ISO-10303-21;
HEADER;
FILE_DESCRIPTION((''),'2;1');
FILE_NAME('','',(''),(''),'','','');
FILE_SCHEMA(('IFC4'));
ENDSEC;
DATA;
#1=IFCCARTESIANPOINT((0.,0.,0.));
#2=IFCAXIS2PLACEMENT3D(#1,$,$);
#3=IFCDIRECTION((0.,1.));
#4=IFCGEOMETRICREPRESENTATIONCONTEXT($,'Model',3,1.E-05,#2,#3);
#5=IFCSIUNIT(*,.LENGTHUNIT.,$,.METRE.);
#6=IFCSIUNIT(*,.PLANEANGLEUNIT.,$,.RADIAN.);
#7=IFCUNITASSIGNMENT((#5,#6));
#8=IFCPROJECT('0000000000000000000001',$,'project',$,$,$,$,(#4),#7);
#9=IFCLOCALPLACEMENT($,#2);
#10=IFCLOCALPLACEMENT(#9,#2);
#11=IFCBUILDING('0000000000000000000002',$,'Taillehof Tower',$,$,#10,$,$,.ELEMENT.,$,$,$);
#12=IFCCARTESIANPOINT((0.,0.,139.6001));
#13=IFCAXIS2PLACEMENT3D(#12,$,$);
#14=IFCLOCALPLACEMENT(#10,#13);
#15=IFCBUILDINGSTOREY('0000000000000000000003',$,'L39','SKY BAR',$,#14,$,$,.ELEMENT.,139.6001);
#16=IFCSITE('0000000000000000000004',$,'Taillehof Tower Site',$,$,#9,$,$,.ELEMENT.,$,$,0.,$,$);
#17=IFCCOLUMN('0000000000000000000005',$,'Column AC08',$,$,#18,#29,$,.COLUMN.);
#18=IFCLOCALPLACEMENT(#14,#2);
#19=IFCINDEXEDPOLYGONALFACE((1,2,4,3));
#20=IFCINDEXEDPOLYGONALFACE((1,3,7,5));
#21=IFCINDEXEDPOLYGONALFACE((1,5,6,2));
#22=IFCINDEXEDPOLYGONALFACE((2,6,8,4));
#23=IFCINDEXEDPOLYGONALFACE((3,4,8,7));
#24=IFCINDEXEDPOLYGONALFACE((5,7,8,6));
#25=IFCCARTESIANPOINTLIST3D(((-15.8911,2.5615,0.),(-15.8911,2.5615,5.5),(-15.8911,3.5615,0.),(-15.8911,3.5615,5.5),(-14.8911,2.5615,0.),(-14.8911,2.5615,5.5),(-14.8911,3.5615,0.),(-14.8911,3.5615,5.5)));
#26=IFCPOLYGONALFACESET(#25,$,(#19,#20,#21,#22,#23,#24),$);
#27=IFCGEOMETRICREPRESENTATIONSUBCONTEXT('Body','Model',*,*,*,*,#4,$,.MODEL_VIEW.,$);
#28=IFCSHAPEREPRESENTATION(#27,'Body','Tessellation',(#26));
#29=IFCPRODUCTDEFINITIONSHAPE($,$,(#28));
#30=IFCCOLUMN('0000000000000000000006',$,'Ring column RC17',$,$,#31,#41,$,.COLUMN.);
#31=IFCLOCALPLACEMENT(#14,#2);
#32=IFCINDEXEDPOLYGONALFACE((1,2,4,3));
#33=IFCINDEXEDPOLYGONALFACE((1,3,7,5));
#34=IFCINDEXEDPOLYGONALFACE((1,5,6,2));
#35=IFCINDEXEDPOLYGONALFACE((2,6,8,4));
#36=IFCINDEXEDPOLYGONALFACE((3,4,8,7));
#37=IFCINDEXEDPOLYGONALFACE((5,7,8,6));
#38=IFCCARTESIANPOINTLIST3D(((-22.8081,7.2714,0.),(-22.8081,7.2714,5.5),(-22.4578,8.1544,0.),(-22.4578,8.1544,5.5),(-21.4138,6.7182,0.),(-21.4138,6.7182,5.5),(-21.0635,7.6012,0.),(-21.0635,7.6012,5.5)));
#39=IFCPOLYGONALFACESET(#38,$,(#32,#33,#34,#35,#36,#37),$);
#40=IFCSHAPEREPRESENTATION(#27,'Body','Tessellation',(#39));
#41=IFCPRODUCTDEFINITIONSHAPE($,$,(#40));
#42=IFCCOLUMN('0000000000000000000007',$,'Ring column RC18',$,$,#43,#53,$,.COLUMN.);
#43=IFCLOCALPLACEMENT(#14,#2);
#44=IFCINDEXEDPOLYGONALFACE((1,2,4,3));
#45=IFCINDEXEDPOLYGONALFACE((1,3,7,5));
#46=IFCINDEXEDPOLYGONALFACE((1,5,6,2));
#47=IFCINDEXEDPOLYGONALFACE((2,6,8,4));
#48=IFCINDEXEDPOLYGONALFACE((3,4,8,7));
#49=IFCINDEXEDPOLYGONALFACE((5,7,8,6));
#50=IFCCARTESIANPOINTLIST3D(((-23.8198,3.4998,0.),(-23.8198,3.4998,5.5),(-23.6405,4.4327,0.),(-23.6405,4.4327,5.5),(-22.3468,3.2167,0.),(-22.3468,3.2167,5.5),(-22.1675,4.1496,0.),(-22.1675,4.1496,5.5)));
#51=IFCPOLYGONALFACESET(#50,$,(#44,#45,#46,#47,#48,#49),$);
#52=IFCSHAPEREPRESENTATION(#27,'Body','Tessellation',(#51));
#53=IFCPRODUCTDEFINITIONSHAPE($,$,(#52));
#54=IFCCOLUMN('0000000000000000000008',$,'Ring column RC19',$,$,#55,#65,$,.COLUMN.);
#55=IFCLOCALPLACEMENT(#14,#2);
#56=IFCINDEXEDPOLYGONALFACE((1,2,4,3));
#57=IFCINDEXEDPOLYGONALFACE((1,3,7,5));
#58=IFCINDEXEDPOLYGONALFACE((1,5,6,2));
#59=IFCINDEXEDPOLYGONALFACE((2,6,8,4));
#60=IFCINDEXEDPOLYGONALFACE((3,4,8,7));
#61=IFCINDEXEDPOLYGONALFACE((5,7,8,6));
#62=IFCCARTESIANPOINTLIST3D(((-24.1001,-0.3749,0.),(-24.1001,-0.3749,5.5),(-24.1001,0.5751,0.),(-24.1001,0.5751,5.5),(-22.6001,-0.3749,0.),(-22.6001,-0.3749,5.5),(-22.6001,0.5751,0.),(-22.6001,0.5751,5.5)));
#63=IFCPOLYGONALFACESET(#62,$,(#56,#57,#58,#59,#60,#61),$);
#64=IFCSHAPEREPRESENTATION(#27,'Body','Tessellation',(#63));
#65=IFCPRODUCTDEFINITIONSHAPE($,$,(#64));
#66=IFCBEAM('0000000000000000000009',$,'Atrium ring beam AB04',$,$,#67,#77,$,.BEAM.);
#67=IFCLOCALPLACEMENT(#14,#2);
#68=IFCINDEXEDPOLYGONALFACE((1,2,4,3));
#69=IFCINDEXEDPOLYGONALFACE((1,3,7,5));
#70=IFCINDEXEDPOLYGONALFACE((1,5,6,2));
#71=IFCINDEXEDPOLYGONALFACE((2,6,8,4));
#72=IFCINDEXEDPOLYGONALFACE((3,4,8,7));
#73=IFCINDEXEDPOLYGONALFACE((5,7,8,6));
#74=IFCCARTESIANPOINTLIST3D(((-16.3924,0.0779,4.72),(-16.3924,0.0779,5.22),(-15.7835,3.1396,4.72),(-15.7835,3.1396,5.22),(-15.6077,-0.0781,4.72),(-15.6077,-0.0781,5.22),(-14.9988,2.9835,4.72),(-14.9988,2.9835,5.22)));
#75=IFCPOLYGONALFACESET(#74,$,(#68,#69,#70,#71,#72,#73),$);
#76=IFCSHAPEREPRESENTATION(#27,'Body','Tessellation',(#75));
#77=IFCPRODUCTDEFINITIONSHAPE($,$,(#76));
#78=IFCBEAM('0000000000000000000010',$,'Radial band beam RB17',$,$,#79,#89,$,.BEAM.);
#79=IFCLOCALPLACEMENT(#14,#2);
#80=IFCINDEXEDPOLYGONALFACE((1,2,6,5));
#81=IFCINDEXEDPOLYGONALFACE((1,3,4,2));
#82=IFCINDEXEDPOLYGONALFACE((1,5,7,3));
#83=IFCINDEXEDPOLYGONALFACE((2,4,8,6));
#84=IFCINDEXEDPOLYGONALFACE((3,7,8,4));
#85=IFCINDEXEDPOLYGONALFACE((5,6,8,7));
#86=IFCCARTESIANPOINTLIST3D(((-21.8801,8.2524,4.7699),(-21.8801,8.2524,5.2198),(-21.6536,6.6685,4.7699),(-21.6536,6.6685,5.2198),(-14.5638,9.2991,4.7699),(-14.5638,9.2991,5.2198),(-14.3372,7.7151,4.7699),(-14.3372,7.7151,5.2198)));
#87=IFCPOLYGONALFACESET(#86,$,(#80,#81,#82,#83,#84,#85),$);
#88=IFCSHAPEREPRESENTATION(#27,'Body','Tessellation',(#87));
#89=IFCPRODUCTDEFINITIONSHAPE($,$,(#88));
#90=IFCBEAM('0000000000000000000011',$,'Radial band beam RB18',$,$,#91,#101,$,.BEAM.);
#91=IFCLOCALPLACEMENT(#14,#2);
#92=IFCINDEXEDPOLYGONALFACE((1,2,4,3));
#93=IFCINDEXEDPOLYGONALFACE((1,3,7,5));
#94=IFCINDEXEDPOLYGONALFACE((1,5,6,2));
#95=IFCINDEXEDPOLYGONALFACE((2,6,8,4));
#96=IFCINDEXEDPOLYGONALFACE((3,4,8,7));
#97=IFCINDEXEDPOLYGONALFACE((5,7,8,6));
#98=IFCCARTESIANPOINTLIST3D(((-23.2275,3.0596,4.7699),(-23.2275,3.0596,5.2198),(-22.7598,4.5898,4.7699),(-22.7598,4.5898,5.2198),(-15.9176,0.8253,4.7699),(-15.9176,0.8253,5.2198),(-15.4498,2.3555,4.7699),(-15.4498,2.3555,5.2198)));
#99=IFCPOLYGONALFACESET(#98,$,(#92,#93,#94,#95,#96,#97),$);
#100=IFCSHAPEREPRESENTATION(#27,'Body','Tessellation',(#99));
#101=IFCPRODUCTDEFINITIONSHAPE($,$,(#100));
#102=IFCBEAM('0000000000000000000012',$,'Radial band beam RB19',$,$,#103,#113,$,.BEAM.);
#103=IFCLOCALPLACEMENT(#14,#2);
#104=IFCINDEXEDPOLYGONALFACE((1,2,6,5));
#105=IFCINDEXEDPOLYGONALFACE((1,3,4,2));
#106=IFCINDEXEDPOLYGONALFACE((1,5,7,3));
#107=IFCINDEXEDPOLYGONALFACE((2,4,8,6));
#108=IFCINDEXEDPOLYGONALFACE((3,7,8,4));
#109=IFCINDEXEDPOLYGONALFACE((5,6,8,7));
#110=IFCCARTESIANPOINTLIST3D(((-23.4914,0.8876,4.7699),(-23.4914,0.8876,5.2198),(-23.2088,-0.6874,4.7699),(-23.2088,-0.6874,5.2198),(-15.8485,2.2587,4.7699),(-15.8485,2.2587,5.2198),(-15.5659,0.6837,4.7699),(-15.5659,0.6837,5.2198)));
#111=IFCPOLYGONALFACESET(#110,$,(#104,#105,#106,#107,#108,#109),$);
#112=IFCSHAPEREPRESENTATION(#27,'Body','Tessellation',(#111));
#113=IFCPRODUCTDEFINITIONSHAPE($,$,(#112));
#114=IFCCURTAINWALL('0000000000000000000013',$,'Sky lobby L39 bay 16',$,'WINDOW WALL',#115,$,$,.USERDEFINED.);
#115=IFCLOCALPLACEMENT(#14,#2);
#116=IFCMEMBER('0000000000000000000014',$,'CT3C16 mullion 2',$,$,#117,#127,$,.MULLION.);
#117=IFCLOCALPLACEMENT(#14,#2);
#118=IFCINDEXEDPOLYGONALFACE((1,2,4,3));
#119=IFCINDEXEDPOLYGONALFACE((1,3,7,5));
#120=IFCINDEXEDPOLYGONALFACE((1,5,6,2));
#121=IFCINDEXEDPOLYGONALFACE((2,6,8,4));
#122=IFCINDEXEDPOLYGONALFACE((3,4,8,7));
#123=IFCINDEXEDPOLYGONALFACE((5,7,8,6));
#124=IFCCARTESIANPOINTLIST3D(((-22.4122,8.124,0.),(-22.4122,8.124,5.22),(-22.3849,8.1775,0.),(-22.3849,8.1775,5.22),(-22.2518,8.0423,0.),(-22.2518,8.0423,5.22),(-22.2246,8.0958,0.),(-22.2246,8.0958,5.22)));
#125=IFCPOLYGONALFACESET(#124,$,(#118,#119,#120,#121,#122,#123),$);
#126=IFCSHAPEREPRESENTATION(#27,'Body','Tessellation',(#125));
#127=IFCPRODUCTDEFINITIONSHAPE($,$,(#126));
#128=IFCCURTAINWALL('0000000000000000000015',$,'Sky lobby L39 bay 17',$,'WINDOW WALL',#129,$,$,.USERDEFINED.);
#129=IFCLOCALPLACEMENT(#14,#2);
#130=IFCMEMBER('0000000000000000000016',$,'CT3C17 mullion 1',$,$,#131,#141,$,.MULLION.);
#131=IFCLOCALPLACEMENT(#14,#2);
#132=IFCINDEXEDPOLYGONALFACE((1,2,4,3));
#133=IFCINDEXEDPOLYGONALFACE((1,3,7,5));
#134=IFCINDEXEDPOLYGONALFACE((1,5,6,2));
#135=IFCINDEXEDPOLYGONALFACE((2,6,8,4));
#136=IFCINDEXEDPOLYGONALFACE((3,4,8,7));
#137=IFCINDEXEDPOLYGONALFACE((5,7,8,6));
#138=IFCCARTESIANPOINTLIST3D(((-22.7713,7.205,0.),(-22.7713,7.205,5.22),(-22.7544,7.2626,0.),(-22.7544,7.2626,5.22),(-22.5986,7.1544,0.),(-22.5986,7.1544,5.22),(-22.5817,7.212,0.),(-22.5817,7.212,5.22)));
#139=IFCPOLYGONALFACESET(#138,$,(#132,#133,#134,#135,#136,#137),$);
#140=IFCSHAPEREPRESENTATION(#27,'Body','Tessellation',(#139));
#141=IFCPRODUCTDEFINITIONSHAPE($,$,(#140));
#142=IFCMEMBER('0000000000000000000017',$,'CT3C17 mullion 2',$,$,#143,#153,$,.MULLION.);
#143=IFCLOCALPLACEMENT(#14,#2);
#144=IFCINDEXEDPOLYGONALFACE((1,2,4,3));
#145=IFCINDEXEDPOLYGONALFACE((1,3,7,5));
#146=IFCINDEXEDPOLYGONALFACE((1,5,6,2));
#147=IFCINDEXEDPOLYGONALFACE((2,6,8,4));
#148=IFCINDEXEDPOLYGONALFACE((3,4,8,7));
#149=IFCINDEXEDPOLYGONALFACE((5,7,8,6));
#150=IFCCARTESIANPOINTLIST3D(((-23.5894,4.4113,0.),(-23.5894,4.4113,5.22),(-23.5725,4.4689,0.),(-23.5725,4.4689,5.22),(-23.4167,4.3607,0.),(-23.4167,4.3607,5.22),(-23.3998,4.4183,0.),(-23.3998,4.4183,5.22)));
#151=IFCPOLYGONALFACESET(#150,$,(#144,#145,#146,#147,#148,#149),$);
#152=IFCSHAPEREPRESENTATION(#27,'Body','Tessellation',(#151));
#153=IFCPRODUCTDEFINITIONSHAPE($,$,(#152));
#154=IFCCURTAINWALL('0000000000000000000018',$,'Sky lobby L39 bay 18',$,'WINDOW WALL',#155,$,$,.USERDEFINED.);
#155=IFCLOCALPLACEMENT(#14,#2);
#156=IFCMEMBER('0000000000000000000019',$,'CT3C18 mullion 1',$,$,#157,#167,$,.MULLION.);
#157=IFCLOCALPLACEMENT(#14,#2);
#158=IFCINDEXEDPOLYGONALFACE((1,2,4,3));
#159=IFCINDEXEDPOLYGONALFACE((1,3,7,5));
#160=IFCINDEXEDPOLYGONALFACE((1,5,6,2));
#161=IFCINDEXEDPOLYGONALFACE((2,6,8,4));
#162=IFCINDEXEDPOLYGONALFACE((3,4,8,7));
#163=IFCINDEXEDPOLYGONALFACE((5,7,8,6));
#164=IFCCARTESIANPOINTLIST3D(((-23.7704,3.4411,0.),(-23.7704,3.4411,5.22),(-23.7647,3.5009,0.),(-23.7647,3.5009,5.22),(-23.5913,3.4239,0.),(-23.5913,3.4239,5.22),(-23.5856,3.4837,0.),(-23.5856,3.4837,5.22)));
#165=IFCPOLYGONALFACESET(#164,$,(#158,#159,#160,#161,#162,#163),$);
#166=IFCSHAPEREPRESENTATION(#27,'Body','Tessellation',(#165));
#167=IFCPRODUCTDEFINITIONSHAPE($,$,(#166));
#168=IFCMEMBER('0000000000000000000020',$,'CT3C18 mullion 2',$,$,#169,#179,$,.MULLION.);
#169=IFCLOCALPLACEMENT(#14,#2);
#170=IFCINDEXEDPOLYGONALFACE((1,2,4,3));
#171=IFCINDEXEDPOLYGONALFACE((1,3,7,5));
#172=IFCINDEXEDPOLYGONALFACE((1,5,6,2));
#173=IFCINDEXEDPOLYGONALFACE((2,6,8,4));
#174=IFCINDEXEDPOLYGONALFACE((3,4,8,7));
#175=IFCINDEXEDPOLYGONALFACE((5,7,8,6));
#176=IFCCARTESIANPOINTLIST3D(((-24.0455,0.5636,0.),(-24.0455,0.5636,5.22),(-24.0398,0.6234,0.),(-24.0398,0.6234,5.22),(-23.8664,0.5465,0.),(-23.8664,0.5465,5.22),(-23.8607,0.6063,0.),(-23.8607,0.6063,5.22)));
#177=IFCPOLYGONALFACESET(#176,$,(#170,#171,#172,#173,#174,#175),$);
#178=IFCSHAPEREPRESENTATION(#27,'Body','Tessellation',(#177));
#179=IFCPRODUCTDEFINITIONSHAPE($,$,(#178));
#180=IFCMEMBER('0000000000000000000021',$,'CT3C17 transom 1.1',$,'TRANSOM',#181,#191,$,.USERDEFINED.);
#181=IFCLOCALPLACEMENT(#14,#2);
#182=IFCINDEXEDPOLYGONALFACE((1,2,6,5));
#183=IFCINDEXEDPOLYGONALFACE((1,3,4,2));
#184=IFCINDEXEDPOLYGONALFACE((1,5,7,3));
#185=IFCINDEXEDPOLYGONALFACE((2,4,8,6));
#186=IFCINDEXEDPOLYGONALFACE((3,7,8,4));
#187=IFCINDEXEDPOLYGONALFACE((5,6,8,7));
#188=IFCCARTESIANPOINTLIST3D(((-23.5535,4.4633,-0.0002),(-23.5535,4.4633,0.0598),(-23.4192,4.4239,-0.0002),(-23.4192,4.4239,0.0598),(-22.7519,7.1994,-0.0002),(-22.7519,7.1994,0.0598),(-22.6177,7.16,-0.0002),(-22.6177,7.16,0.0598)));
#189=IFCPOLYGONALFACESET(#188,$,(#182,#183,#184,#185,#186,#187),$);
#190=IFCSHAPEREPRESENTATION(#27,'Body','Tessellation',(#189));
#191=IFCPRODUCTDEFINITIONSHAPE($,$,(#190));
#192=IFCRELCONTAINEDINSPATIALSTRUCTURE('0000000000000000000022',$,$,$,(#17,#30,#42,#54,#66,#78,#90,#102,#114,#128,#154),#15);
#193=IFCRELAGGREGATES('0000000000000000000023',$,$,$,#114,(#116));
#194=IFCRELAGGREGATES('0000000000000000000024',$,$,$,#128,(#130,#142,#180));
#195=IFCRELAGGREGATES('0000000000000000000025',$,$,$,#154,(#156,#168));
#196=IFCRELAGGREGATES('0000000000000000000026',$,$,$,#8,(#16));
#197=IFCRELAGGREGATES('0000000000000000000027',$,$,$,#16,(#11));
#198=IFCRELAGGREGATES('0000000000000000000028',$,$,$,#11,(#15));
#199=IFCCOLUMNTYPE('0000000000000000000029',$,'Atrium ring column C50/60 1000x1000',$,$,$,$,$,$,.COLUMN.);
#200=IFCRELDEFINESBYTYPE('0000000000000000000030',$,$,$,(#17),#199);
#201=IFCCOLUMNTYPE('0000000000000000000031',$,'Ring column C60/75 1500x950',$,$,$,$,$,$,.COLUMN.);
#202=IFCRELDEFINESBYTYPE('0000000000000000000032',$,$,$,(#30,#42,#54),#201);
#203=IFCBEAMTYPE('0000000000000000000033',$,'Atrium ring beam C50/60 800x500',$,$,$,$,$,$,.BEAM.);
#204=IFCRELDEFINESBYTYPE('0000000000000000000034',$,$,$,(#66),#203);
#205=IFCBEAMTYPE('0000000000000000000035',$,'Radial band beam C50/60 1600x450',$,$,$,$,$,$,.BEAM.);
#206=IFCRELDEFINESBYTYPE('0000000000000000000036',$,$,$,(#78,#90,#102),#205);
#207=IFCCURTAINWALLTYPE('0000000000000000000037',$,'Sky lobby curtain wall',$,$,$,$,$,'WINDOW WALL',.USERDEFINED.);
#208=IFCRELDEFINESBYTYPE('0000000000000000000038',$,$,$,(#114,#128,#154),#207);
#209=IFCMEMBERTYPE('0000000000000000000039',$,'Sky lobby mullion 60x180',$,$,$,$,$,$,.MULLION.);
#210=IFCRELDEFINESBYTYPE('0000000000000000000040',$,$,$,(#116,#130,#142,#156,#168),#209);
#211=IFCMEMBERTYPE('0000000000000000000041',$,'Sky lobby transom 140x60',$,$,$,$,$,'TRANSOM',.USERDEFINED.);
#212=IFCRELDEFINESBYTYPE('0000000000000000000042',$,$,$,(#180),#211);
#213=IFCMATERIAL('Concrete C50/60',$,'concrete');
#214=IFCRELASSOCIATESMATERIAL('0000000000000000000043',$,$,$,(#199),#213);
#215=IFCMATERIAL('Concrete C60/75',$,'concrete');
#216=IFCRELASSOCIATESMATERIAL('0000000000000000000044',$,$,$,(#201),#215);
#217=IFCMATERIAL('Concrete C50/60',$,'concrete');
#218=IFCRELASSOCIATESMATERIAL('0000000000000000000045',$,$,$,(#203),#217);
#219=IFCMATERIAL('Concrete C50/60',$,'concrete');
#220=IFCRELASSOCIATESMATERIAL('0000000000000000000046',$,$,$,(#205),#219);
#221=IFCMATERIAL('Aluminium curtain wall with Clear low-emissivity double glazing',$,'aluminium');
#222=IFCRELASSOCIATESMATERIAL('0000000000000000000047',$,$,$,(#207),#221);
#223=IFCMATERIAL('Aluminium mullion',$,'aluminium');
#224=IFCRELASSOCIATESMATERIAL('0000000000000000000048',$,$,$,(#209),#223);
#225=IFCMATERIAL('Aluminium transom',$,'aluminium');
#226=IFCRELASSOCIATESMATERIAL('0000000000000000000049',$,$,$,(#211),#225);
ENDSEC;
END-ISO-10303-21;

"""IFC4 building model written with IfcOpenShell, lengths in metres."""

from ifc_helpers import new_model, si_unit, direction, frame, origin, origin_2d, place, context, subcontext, project, spatial, rectangle, extrude, material, material_profile, profile_set, type_object, element, aggregate, save


model = new_model("IFC4")

# Units and contexts
model_context = context("Model", 3, precision=1e-05, world=origin(), true_north=direction((0.0, 1.0)))
body_context = subcontext(model_context, "Body", "Model", "MODEL_VIEW")
ifc_project = project(units=[si_unit("LENGTHUNIT", "METRE"), si_unit("PLANEANGLEUNIT", "RADIAN")], contexts=[model_context])

# Site, building, storey
site_placement = place(None, origin())
site = spatial("IfcSite", under=ifc_project, at=site_placement, Name="Taillehof Tower Site", CompositionType="ELEMENT", RefElevation=0.0)
building_placement = place(site_placement, origin())
building = spatial("IfcBuilding", under=site, at=building_placement, Name="Taillehof Tower", CompositionType="ELEMENT")
storey_placement = place(building_placement, frame((0.0, 0.0, 139.6001)))
storey = spatial("IfcBuildingStorey", under=building, at=storey_placement, Name="L39", Description="SKY BAR", CompositionType="ELEMENT", Elevation=139.6001)

# Columns
ifc_material_1 = material(Name="Concrete C50/60", Category="concrete")
ifc_material_profile_1 = material_profile(ifc_material_1, rectangle(XDim=1.0, YDim=1.0, at=origin_2d()), Name="RC 1000x1000")
ifc_profile_set_1 = profile_set([ifc_material_profile_1], Name="Concrete C50/60")
column_type_1 = type_object("IfcColumnType", Name="Atrium ring column C50/60 1000x1000", PredefinedType="COLUMN", material=ifc_profile_set_1)
column_placement = place(storey_placement, frame((-15.3911, 3.0615, 0.0), z_axis=(0.0, 0.0, 1.0), x_axis=(1.0, 0.0, 0.0)))
element("IfcColumn", 1, at=column_placement, inside=storey, type_object=column_type_1, Name="Column AC08", PredefinedType="COLUMN", context=body_context, shape_type="SweptSolid", body=[
    extrude(rectangle(XDim=1.0, YDim=1.0, at=origin_2d()), origin(), (0.0, 0.0, 1.0), 5.5),
])
ifc_material_2 = material(Name="Concrete C60/75", Category="concrete")
ifc_material_profile_2 = material_profile(ifc_material_2, rectangle(XDim=1.5, YDim=0.95, at=origin_2d()), Name="RC 1500x950")
ifc_profile_set_2 = profile_set([ifc_material_profile_2], Name="Concrete C60/75")
column_type_2 = type_object("IfcColumnType", Name="Ring column C60/75 1500x950", PredefinedType="COLUMN", material=ifc_profile_set_2)
for number, where, z_axis, x_axis, name in (
    (2, (-21.9358, 7.4363, 0.0), (0.0, 0.0, 1.0), (-0.929511, 0.368793, 0.0), "Ring column RC17"),
    (3, (-22.9937, 3.8247, 0.0), (0.0, 0.0, 1.0), (-0.982024, 0.188757, 0.0), "Ring column RC18"),
    (4, (-23.3501, 0.1001, 0.0), (0.0, 0.0, 1.0), (-1.0, 0.0, 0.0), "Ring column RC19"),
):
    element("IfcColumn", number, at=place(storey_placement, frame(where, z_axis=z_axis, x_axis=x_axis)), inside=storey, type_object=column_type_2, Name=name, PredefinedType="COLUMN", context=body_context, shape_type="SweptSolid", body=[
        extrude(rectangle(XDim=1.5, YDim=0.95, at=origin_2d()), origin(), (0.0, 0.0, 1.0), 5.5),
    ])

# Beams
ifc_material_3 = material(Name="Concrete C50/60", Category="concrete")
ifc_material_profile_3 = material_profile(ifc_material_3, rectangle(XDim=0.8, YDim=0.5, at=origin_2d()), Name="RC 800x500")
ifc_profile_set_3 = profile_set([ifc_material_profile_3], Name="Concrete C50/60")
beam_type_1 = type_object("IfcBeamType", Name="Atrium ring beam C50/60 800x500", PredefinedType="BEAM", material=ifc_profile_set_3)
beam_1_placement = place(storey_placement, frame((-15.3911, 3.0615, 4.97), z_axis=(-0.195063, -0.980791, 0.0), x_axis=(0.980791, -0.195063, 0.0)))
element("IfcBeam", 5, at=beam_1_placement, inside=storey, type_object=beam_type_1, Name="Atrium ring beam AB04", PredefinedType="BEAM", context=body_context, shape_type="SweptSolid", body=[
    extrude(rectangle(XDim=0.8, YDim=0.5, at=origin_2d()), origin(), (0.0, 0.0, 1.0), 3.1216),
])
ifc_material_4 = material(Name="Concrete C50/60", Category="concrete")
ifc_material_profile_4 = material_profile(ifc_material_4, rectangle(XDim=1.6001, YDim=0.45, at=origin_2d()), Name="RC 1600x450")
ifc_profile_set_4 = profile_set([ifc_material_profile_4], Name="Concrete C50/60")
beam_type_2 = type_object("IfcBeamType", Name="Radial band beam C50/60 1600x450", PredefinedType="BEAM", material=ifc_profile_set_4)
beam_2_placement = place(storey_placement, frame((-21.7668, 7.4604, 4.9949), z_axis=(0.989922, 0.141611, 0.0), x_axis=(-0.141611, 0.989922, 0.0)))
element("IfcBeam", 6, at=beam_2_placement, inside=storey, type_object=beam_type_2, Name="Radial band beam RB17", PredefinedType="BEAM", context=body_context, shape_type="SweptSolid", body=[
    extrude(rectangle(XDim=1.6001, YDim=0.45, at=origin_2d()), origin(), (0.0, 0.0, 1.0), 7.3909),
])
beam_3_placement = place(storey_placement, frame((-22.9937, 3.8247, 4.9949), z_axis=(0.956324, -0.292308, 0.0), x_axis=(0.292308, 0.956324, 0.0)))
element("IfcBeam", 7, at=beam_3_placement, inside=storey, type_object=beam_type_2, Name="Radial band beam RB18", PredefinedType="BEAM", context=body_context, shape_type="SweptSolid", body=[
    extrude(rectangle(XDim=1.6001, YDim=0.45, at=origin_2d()), origin(), (0.0, 0.0, 1.0), 7.6438),
])
beam_4_placement = place(storey_placement, frame((-23.3501, 0.1001, 4.9949), z_axis=(0.984287, 0.176577, 0.0), x_axis=(-0.176577, 0.984287, 0.0)))
element("IfcBeam", 8, at=beam_4_placement, inside=storey, type_object=beam_type_2, Name="Radial band beam RB19", PredefinedType="BEAM", context=body_context, shape_type="SweptSolid", body=[
    extrude(rectangle(XDim=1.6001, YDim=0.45, at=origin_2d()), origin(), (0.0, 0.0, 1.0), 7.7649),
])

# Curtain wall, member
ifc_material_5 = material(Name="Aluminium curtain wall with Clear low-emissivity double glazing", Category="aluminium")
curtain_wall_type = type_object("IfcCurtainWallType", Name="Sky lobby curtain wall", ElementType="WINDOW WALL", PredefinedType="USERDEFINED", material=ifc_material_5)
curtain_wall_1_placement = place(storey_placement, origin())
curtain_wall_1 = element("IfcCurtainWall", 9, at=curtain_wall_1_placement, inside=storey, type_object=curtain_wall_type, Name="Sky lobby L39 bay 16", ObjectType="WINDOW WALL", PredefinedType="USERDEFINED")
ifc_material_6 = material(Name="Aluminium mullion", Category="aluminium")
ifc_material_profile_5 = material_profile(ifc_material_6, rectangle(XDim=0.1799, YDim=0.0601, at=origin_2d()), Name="AL 60x180")
ifc_profile_set_5 = profile_set([ifc_material_profile_5], Name="Aluminium mullion")
member_type_1 = type_object("IfcMemberType", Name="Sky lobby mullion 60x180", PredefinedType="MULLION", material=ifc_profile_set_5)
member_1_placement = place(storey_placement, frame((-22.3184, 8.1099, 0.0), z_axis=(0.0, 0.0, 1.0), x_axis=(0.89094, -0.454121, 0.0)))
member_1 = element("IfcMember", 10, at=member_1_placement, type_object=member_type_1, Name="CT3C16 mullion 2", PredefinedType="MULLION", context=body_context, shape_type="SweptSolid", body=[
    extrude(rectangle(XDim=0.1799, YDim=0.0601, at=origin_2d()), origin(), (0.0, 0.0, 1.0), 5.22),
])

# Curtain walls, members
curtain_wall_2_placement = place(storey_placement, origin())
curtain_wall_2 = element("IfcCurtainWall", 11, at=curtain_wall_2_placement, inside=storey, type_object=curtain_wall_type, Name="Sky lobby L39 bay 17", ObjectType="WINDOW WALL", PredefinedType="USERDEFINED")
member_2_placement = place(storey_placement, frame((-22.6765, 7.2085, 0.0), z_axis=(0.0, 0.0, 1.0), x_axis=(0.959684, -0.28108, 0.0)))
member_2 = element("IfcMember", 12, at=member_2_placement, type_object=member_type_1, Name="CT3C17 mullion 1", PredefinedType="MULLION", context=body_context, shape_type="SweptSolid", body=[
    extrude(rectangle(XDim=0.1799, YDim=0.0601, at=origin_2d()), origin(), (0.0, 0.0, 1.0), 5.22),
])
member_3_placement = place(storey_placement, frame((-23.4946, 4.4148, 0.0), z_axis=(0.0, 0.0, 1.0), x_axis=(0.959684, -0.28108, 0.0)))
member_3 = element("IfcMember", 13, at=member_3_placement, type_object=member_type_1, Name="CT3C17 mullion 2", PredefinedType="MULLION", context=body_context, shape_type="SweptSolid", body=[
    extrude(rectangle(XDim=0.1799, YDim=0.0601, at=origin_2d()), origin(), (0.0, 0.0, 1.0), 5.22),
])
curtain_wall_3_placement = place(storey_placement, origin())
curtain_wall_3 = element("IfcCurtainWall", 14, at=curtain_wall_3_placement, inside=storey, type_object=curtain_wall_type, Name="Sky lobby L39 bay 18", ObjectType="WINDOW WALL", PredefinedType="USERDEFINED")
member_4_placement = place(storey_placement, frame((-23.678, 3.4624, 0.0), z_axis=(0.0, 0.0, 1.0), x_axis=(0.995458, -0.095197, 0.0)))
member_4 = element("IfcMember", 15, at=member_4_placement, type_object=member_type_1, Name="CT3C18 mullion 1", PredefinedType="MULLION", context=body_context, shape_type="SweptSolid", body=[
    extrude(rectangle(XDim=0.1799, YDim=0.0601, at=origin_2d()), origin(), (0.0, 0.0, 1.0), 5.22),
])
member_5_placement = place(storey_placement, frame((-23.9531, 0.585, 0.0), z_axis=(0.0, 0.0, 1.0), x_axis=(0.995458, -0.095197, 0.0)))
member_5 = element("IfcMember", 16, at=member_5_placement, type_object=member_type_1, Name="CT3C18 mullion 2", PredefinedType="MULLION", context=body_context, shape_type="SweptSolid", body=[
    extrude(rectangle(XDim=0.1799, YDim=0.0601, at=origin_2d()), origin(), (0.0, 0.0, 1.0), 5.22),
])

# Member
ifc_material_7 = material(Name="Aluminium transom", Category="aluminium")
ifc_material_profile_6 = material_profile(ifc_material_7, rectangle(XDim=0.1399, YDim=0.0601, at=origin_2d()), Name="AL 140x60")
ifc_profile_set_6 = profile_set([ifc_material_profile_6], Name="Aluminium transom")
member_type_2 = type_object("IfcMemberType", Name="Sky lobby transom 140x60", ElementType="TRANSOM", PredefinedType="USERDEFINED", material=ifc_profile_set_6)
member_6_placement = place(storey_placement, frame((-22.6848, 7.1797, 0.0298), z_axis=(-0.281128, -0.95967, 0.0), x_axis=(0.95967, -0.281128, 0.0)))
member_6 = element("IfcMember", 17, at=member_6_placement, type_object=member_type_2, Name="CT3C17 transom 1.1", ObjectType="TRANSOM", PredefinedType="USERDEFINED", context=body_context, shape_type="SweptSolid", body=[
    extrude(rectangle(XDim=0.1399, YDim=0.0601, at=origin_2d()), origin(), (0.0, 0.0, 1.0), 2.8511),
])

aggregate(curtain_wall_1, [member_1])
aggregate(curtain_wall_2, [member_2, member_3, member_6])
aggregate(curtain_wall_3, [member_4, member_5])

save(model, "model.ifc")
